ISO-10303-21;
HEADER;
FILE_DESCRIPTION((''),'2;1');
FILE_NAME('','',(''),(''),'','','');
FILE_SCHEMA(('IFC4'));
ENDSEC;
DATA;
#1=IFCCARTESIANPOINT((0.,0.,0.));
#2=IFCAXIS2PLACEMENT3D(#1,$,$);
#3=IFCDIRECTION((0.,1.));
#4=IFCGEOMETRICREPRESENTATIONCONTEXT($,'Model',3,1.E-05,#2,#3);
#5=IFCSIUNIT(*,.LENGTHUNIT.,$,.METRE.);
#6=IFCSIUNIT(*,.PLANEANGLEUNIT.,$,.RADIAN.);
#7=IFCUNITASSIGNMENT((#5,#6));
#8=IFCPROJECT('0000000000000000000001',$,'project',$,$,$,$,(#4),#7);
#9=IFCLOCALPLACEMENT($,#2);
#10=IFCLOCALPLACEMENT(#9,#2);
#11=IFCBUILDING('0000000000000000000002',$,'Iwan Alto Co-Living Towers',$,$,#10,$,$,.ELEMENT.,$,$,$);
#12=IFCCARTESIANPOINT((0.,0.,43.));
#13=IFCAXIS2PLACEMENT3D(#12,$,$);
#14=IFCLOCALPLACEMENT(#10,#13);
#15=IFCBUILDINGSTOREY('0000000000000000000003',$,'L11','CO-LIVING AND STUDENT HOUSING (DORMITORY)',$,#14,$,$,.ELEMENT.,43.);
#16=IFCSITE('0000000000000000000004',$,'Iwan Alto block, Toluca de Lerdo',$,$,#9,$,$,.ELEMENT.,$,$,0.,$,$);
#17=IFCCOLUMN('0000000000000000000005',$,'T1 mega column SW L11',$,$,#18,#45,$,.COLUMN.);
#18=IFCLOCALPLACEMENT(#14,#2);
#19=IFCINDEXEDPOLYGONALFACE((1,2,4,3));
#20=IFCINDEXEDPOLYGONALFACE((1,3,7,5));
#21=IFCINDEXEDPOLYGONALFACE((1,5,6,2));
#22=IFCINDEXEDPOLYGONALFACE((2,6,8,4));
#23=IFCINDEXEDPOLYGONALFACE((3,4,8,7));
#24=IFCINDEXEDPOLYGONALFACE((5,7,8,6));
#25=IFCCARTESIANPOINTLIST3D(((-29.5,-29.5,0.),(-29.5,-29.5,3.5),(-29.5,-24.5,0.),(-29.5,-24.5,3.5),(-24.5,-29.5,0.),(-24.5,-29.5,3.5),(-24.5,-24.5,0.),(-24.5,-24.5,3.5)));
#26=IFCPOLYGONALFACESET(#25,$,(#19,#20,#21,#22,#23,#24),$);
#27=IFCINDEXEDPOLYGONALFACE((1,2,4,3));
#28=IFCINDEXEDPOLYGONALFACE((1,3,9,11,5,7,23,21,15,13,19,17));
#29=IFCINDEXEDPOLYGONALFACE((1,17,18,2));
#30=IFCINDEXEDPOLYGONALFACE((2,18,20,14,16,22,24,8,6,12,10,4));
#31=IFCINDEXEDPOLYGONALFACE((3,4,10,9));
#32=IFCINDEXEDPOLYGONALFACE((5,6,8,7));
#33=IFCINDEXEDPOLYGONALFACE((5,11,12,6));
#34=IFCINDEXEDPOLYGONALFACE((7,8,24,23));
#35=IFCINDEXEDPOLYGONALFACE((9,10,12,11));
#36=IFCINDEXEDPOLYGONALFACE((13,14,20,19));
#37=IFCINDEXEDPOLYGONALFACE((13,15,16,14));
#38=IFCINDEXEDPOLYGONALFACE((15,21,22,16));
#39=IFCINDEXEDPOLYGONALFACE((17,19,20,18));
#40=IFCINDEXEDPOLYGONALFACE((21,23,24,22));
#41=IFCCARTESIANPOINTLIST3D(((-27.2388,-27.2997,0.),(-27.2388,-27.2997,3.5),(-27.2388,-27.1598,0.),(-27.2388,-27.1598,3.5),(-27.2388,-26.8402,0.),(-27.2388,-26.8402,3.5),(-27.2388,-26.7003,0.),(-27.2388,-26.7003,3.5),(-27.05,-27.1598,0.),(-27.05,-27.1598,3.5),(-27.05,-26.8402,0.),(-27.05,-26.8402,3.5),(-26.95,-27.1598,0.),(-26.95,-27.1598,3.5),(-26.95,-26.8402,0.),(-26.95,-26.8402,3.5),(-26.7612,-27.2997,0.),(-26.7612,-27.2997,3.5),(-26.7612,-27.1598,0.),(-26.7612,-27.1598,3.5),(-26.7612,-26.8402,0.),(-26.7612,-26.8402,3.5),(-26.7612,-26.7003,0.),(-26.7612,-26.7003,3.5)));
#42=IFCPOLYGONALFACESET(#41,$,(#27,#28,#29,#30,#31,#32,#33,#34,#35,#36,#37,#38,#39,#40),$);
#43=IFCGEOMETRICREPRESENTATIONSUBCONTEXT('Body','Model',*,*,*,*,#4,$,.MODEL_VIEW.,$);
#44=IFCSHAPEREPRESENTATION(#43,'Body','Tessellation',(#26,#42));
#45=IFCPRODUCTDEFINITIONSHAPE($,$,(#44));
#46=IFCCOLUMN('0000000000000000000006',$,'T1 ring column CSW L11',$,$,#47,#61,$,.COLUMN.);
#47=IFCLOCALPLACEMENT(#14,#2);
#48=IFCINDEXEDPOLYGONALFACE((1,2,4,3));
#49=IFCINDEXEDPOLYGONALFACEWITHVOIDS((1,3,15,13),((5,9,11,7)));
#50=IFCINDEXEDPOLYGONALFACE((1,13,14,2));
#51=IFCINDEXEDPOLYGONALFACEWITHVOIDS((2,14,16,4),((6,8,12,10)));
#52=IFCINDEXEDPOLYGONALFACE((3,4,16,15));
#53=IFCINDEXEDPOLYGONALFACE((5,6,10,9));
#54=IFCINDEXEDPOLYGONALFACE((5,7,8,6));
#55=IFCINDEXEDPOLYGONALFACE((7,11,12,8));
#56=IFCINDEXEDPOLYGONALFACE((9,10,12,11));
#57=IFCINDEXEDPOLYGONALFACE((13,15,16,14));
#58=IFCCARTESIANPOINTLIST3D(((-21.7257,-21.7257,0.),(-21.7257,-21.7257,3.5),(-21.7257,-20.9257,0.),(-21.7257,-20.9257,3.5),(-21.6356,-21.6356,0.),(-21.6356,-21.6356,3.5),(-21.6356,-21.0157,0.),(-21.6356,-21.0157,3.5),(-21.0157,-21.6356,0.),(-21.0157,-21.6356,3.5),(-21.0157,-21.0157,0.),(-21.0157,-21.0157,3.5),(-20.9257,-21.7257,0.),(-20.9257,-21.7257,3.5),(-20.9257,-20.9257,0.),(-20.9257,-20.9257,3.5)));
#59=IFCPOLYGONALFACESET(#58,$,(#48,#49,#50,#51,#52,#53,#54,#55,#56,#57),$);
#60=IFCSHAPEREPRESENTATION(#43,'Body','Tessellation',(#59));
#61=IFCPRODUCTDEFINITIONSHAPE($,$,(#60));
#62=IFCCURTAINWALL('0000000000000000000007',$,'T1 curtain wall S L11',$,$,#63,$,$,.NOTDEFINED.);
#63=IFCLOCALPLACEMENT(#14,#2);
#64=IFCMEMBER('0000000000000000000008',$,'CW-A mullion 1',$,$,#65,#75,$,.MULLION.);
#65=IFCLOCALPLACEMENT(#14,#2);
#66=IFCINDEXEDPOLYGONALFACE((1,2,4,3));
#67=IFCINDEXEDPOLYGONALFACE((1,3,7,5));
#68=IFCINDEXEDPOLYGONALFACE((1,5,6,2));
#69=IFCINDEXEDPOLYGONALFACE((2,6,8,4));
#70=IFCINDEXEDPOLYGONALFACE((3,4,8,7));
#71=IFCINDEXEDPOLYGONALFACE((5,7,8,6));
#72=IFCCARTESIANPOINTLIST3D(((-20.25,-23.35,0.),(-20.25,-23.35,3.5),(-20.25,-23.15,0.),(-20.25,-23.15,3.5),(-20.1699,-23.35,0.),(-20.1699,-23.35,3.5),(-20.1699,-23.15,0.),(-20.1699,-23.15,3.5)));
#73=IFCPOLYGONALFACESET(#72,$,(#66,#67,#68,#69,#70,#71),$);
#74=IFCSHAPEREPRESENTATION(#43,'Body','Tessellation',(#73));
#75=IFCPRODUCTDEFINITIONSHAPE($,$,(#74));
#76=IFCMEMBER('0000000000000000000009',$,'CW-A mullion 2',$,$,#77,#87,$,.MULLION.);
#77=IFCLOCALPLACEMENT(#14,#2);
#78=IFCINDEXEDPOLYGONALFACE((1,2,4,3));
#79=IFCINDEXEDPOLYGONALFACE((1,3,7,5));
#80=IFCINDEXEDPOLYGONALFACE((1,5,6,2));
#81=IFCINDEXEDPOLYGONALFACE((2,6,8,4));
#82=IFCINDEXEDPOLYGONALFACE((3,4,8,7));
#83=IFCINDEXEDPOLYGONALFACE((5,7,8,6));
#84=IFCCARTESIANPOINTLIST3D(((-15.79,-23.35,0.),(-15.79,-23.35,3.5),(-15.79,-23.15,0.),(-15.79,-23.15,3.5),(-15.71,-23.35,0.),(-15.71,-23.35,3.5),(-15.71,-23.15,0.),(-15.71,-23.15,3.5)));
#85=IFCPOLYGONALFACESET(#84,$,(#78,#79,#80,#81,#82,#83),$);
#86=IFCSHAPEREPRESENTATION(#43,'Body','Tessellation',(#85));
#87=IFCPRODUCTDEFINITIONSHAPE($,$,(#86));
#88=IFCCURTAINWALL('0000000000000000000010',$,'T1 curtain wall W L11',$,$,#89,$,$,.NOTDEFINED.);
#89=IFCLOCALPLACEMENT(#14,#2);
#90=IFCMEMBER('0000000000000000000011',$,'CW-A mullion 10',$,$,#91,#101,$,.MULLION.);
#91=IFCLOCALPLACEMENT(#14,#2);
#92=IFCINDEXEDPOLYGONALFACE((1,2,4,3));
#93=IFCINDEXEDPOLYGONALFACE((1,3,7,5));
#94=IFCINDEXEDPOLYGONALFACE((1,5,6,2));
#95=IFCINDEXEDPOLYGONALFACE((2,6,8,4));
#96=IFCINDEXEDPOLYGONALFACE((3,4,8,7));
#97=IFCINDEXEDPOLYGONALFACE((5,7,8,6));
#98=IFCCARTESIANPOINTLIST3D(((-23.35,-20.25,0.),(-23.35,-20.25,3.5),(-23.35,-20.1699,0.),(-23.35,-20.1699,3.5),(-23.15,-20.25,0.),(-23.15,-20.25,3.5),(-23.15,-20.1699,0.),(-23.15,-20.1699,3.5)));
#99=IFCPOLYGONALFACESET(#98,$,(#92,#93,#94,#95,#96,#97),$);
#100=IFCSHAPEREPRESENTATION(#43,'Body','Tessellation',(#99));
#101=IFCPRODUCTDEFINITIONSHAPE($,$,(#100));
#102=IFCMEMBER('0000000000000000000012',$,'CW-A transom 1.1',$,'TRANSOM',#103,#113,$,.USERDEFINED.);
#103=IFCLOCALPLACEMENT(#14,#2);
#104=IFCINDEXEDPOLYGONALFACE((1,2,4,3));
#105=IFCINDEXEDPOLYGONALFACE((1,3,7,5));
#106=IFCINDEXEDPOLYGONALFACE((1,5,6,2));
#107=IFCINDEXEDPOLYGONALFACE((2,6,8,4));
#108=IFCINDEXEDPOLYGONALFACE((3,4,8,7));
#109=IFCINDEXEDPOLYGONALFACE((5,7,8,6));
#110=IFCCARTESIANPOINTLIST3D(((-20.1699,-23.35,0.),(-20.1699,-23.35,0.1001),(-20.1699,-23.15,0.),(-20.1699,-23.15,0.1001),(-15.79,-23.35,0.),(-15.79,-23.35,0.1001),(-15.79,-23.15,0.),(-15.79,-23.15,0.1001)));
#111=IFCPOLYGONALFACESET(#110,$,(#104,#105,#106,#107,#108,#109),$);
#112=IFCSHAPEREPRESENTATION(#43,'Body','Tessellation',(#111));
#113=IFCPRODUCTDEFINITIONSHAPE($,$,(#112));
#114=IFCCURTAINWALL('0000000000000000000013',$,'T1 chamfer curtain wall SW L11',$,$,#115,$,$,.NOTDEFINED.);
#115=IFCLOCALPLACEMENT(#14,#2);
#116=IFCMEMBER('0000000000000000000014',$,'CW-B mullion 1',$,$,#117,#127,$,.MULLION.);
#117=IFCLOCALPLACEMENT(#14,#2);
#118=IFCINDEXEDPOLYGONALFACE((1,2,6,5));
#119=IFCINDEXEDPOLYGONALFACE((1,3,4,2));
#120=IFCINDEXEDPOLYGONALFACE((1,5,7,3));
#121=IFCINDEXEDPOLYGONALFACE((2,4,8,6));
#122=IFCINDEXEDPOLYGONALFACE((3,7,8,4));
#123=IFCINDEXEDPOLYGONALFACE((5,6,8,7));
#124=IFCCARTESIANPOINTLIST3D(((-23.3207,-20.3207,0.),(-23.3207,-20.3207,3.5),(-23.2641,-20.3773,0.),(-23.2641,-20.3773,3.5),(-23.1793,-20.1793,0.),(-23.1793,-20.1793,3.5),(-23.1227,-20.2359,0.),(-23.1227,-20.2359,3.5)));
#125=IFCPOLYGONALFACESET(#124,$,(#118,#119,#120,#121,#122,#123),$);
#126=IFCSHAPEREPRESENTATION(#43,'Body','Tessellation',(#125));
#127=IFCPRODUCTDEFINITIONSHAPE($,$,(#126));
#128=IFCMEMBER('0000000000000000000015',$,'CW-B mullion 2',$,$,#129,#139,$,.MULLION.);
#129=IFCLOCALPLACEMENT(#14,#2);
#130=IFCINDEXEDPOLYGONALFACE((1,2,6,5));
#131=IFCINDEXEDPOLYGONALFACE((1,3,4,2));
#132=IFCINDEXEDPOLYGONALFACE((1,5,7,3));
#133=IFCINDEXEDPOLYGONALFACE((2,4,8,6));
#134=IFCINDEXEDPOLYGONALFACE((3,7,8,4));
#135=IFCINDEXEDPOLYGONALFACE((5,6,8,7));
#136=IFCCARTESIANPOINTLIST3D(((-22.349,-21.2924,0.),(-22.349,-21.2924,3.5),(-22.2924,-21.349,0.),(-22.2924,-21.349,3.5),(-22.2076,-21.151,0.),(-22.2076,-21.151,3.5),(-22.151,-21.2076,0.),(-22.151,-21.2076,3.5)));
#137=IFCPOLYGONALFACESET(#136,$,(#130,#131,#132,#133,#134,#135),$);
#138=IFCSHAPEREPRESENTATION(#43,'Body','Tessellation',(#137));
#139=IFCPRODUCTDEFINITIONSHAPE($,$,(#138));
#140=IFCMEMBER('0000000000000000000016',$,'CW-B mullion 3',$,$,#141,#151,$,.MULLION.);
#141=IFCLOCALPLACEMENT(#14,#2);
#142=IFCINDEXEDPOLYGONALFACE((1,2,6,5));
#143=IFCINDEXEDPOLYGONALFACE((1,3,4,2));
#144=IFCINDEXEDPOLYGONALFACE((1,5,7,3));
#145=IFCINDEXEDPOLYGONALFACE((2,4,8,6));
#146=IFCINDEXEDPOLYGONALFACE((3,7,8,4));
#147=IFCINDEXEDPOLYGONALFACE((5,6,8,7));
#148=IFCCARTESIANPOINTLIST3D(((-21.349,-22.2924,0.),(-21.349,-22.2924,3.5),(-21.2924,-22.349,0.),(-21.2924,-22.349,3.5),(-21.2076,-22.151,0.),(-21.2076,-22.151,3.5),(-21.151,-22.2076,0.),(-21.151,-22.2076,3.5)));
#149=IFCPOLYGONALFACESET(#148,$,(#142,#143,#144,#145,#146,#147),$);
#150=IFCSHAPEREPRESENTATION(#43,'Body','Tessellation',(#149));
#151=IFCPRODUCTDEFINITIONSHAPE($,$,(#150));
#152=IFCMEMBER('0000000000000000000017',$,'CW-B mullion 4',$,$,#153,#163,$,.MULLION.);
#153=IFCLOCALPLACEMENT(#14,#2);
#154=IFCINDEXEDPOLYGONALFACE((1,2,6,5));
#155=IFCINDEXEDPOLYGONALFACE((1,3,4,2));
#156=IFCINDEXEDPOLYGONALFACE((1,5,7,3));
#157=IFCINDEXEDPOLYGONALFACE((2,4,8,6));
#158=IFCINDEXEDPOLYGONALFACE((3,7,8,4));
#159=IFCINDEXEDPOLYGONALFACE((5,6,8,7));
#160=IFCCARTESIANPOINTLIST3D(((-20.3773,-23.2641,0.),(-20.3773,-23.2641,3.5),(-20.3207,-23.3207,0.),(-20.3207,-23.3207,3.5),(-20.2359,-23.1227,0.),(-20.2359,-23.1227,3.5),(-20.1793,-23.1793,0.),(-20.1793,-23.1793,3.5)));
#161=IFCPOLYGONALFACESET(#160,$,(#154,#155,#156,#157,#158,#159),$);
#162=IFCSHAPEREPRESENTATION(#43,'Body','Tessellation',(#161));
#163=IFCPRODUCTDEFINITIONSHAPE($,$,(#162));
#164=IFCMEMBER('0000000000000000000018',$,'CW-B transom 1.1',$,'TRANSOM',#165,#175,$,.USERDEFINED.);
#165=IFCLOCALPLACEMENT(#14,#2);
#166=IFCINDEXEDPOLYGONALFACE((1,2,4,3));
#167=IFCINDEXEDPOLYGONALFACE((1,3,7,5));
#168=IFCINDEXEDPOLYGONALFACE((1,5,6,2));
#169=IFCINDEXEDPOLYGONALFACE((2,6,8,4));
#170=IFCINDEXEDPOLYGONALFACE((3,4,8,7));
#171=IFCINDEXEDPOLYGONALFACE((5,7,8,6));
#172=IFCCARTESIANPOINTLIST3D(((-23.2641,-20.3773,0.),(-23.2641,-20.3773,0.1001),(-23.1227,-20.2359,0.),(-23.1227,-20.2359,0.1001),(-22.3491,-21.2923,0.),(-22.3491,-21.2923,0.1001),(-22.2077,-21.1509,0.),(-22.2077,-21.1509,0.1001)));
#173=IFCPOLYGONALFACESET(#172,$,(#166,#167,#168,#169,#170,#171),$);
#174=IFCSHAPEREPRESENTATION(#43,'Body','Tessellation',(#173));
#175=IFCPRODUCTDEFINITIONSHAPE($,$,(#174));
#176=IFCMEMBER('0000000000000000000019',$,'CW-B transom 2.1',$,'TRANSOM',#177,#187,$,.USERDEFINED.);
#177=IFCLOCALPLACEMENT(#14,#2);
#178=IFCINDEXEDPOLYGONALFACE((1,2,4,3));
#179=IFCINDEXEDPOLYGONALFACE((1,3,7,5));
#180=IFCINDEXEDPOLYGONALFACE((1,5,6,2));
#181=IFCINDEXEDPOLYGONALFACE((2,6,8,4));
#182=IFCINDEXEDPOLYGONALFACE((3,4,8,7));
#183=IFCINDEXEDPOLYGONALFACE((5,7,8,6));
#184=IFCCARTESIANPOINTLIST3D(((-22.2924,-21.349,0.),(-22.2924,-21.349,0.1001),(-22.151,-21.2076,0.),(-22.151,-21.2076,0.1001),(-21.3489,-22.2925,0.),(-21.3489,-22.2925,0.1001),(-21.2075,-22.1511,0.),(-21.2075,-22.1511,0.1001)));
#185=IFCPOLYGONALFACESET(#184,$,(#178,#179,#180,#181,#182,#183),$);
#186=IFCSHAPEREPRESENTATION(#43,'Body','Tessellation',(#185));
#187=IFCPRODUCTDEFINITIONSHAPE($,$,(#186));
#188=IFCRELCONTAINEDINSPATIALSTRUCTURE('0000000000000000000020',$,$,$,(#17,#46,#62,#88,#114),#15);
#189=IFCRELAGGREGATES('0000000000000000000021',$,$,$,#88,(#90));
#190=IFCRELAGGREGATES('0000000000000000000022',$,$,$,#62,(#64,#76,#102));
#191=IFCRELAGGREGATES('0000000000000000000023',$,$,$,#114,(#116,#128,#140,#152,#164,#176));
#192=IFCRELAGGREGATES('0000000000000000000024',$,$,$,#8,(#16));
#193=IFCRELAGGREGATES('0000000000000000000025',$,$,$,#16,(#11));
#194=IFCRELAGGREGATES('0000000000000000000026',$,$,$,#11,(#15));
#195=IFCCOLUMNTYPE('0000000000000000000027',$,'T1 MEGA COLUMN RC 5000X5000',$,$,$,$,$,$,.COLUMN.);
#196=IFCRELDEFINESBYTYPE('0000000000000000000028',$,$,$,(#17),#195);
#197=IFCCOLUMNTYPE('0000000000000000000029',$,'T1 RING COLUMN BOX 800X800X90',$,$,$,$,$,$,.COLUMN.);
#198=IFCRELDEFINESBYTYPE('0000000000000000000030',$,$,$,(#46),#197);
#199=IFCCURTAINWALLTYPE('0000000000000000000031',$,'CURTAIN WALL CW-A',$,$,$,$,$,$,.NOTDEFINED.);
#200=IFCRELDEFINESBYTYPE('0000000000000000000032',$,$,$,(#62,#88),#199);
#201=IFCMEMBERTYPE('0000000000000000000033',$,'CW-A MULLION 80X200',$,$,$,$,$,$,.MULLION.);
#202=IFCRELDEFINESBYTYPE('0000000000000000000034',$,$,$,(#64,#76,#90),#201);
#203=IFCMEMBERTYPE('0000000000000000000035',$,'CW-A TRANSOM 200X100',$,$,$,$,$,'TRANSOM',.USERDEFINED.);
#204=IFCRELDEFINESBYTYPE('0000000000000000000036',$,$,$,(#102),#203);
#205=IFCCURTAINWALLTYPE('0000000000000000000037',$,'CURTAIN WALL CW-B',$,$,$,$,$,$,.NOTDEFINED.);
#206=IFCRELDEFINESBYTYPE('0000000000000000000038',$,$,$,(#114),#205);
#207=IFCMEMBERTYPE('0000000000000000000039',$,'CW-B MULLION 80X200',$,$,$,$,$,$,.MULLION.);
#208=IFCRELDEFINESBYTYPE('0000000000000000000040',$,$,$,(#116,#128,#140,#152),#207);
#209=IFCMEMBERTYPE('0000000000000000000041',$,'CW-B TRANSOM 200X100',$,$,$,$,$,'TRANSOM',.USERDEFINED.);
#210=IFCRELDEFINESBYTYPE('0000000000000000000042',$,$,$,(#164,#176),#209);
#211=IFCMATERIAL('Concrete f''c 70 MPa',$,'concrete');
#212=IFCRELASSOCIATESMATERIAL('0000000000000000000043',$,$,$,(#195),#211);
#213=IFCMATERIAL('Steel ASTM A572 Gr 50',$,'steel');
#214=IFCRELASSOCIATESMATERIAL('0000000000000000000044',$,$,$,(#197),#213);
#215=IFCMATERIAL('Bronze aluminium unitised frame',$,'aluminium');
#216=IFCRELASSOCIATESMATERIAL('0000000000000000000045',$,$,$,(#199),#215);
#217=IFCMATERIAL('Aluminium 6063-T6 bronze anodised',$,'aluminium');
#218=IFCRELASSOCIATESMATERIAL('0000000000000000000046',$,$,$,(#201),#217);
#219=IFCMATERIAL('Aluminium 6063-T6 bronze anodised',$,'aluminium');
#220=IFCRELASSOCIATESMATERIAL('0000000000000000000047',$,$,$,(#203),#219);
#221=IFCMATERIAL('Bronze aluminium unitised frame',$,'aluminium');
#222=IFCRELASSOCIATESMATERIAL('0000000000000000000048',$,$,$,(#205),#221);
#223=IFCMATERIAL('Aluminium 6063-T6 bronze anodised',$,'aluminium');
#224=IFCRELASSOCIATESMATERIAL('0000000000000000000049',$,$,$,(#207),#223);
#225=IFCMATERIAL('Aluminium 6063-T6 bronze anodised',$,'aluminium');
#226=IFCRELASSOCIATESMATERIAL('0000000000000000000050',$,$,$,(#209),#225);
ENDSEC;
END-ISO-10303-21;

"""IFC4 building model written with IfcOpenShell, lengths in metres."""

from ifc_helpers import new_model, si_unit, direction, frame, origin, origin_2d, place, context, subcontext, project, spatial, rectangle, hollow_rectangle, i_section, extrude, material, material_profile, profile_set, type_object, element, aggregate, save


model = new_model("IFC4")

# Units and contexts
model_context = context("Model", 3, precision=1e-05, world=origin(), true_north=direction((0.0, 1.0)))
body_context = subcontext(model_context, "Body", "Model", "MODEL_VIEW")
ifc_project = project(units=[si_unit("LENGTHUNIT", "METRE"), si_unit("PLANEANGLEUNIT", "RADIAN")], contexts=[model_context])

# Site, building, storey
site_placement = place(None, origin())
site = spatial("IfcSite", under=ifc_project, at=site_placement, Name="Iwan Alto block, Toluca de Lerdo", CompositionType="ELEMENT", RefElevation=0.0)
building_placement = place(site_placement, origin())
building = spatial("IfcBuilding", under=site, at=building_placement, Name="Iwan Alto Co-Living Towers", CompositionType="ELEMENT")
storey_placement = place(building_placement, frame((0.0, 0.0, 43.0)))
storey = spatial("IfcBuildingStorey", under=building, at=storey_placement, Name="L11", Description="CO-LIVING AND STUDENT HOUSING (DORMITORY)", CompositionType="ELEMENT", Elevation=43.0)

# Columns
ifc_material_1 = material(Name="Concrete f'c 70 MPa", Category="concrete")
ifc_material_profile_1 = material_profile(ifc_material_1, rectangle(XDim=5.0, YDim=5.0, at=origin_2d()), Name="RC 5000X5000")
ifc_profile_set_1 = profile_set([ifc_material_profile_1], Name="Concrete f'c 70 MPa")
column_type_1 = type_object("IfcColumnType", Name="T1 MEGA COLUMN RC 5000X5000", PredefinedType="COLUMN", material=ifc_profile_set_1)
column_1_placement = place(storey_placement, frame((-27.0, -27.0, 0.0), z_axis=(0.0, 0.0, 1.0), x_axis=(1.0, 0.0, 0.0)))
element("IfcColumn", 1, at=column_1_placement, inside=storey, type_object=column_type_1, Name="T1 mega column SW L11", PredefinedType="COLUMN", context=body_context, shape_type="SweptSolid", body=[
    extrude(rectangle(XDim=5.0, YDim=5.0, at=origin_2d()), origin(), (0.0, 0.0, 1.0), 3.5),
    extrude(i_section(OverallWidth=0.4775, OverallDepth=0.5994, WebThickness=0.1001, FlangeThickness=0.1399, at=origin_2d()), origin(), (0.0, 0.0, 1.0), 3.5),
])
ifc_material_2 = material(Name="Steel ASTM A572 Gr 50", Category="steel")
ifc_material_profile_2 = material_profile(ifc_material_2, hollow_rectangle(XDim=0.8, YDim=0.8, WallThickness=0.0901, at=origin_2d()), Name="BOX 800X800X90")
ifc_profile_set_2 = profile_set([ifc_material_profile_2], Name="Steel ASTM A572 Gr 50")
column_type_2 = type_object("IfcColumnType", Name="T1 RING COLUMN BOX 800X800X90", PredefinedType="COLUMN", material=ifc_profile_set_2)
column_2_placement = place(storey_placement, frame((-21.3257, -21.3257, 0.0), z_axis=(0.0, 0.0, 1.0), x_axis=(1.0, 0.0, 0.0)))
element("IfcColumn", 2, at=column_2_placement, inside=storey, type_object=column_type_2, Name="T1 ring column CSW L11", PredefinedType="COLUMN", context=body_context, shape_type="SweptSolid", body=[
    extrude(hollow_rectangle(XDim=0.8, YDim=0.8, WallThickness=0.0901, at=origin_2d()), origin(), (0.0, 0.0, 1.0), 3.5),
])

# Curtain wall, members
ifc_material_3 = material(Name="Bronze aluminium unitised frame", Category="aluminium")
curtain_wall_type_1 = type_object("IfcCurtainWallType", Name="CURTAIN WALL CW-A", PredefinedType="NOTDEFINED", material=ifc_material_3)
curtain_wall_1_placement = place(storey_placement, origin())
curtain_wall_1 = element("IfcCurtainWall", 3, at=curtain_wall_1_placement, inside=storey, type_object=curtain_wall_type_1, Name="T1 curtain wall S L11", PredefinedType="NOTDEFINED")
ifc_material_4 = material(Name="Aluminium 6063-T6 bronze anodised", Category="aluminium")
ifc_material_profile_3 = material_profile(ifc_material_4, rectangle(XDim=0.2, YDim=0.0801, at=origin_2d()), Name="AL 80X200")
ifc_profile_set_3 = profile_set([ifc_material_profile_3], Name="Aluminium 6063-T6 bronze anodised")
member_type_1 = type_object("IfcMemberType", Name="CW-A MULLION 80X200", PredefinedType="MULLION", material=ifc_profile_set_3)
member_1_placement = place(storey_placement, frame((-20.21, -23.25, 0.0), z_axis=(0.0, 0.0, 1.0), x_axis=(0.0, 1.0, 0.0)))
member_1 = element("IfcMember", 4, at=member_1_placement, type_object=member_type_1, Name="CW-A mullion 1", PredefinedType="MULLION", context=body_context, shape_type="SweptSolid", body=[
    extrude(rectangle(XDim=0.2, YDim=0.0801, at=origin_2d()), origin(), (0.0, 0.0, 1.0), 3.5),
])
member_2_placement = place(storey_placement, frame((-15.75, -23.25, 0.0), z_axis=(0.0, 0.0, 1.0), x_axis=(0.0, 1.0, 0.0)))
member_2 = element("IfcMember", 5, at=member_2_placement, type_object=member_type_1, Name="CW-A mullion 2", PredefinedType="MULLION", context=body_context, shape_type="SweptSolid", body=[
    extrude(rectangle(XDim=0.2, YDim=0.0801, at=origin_2d()), origin(), (0.0, 0.0, 1.0), 3.5),
])

# Curtain wall, member
curtain_wall_2_placement = place(storey_placement, origin())
curtain_wall_2 = element("IfcCurtainWall", 6, at=curtain_wall_2_placement, inside=storey, type_object=curtain_wall_type_1, Name="T1 curtain wall W L11", PredefinedType="NOTDEFINED")
member_3_placement = place(storey_placement, frame((-23.25, -20.21, 0.0), z_axis=(0.0, 0.0, 1.0), x_axis=(1.0, 0.0, 0.0)))
member_3 = element("IfcMember", 7, at=member_3_placement, type_object=member_type_1, Name="CW-A mullion 10", PredefinedType="MULLION", context=body_context, shape_type="SweptSolid", body=[
    extrude(rectangle(XDim=0.2, YDim=0.0801, at=origin_2d()), origin(), (0.0, 0.0, 1.0), 3.5),
])
aggregate(curtain_wall_2, [member_3])

# Member
ifc_material_5 = material(Name="Aluminium 6063-T6 bronze anodised", Category="aluminium")
ifc_material_profile_4 = material_profile(ifc_material_5, rectangle(XDim=0.2, YDim=0.1001, at=origin_2d()), Name="AL 200X100")
ifc_profile_set_4 = profile_set([ifc_material_profile_4], Name="Aluminium 6063-T6 bronze anodised")
member_type_2 = type_object("IfcMemberType", Name="CW-A TRANSOM 200X100", ElementType="TRANSOM", PredefinedType="USERDEFINED", material=ifc_profile_set_4)
member_4_placement = place(storey_placement, frame((-20.1699, -23.25, 0.05), z_axis=(1.0, 0.0, 0.0), x_axis=(0.0, 1.0, 0.0)))
member_4 = element("IfcMember", 8, at=member_4_placement, type_object=member_type_2, Name="CW-A transom 1.1", ObjectType="TRANSOM", PredefinedType="USERDEFINED", context=body_context, shape_type="SweptSolid", body=[
    extrude(rectangle(XDim=0.2, YDim=0.1001, at=origin_2d()), origin(), (0.0, 0.0, 1.0), 4.3799),
])

# Curtain wall, members
ifc_material_6 = material(Name="Bronze aluminium unitised frame", Category="aluminium")
curtain_wall_type_2 = type_object("IfcCurtainWallType", Name="CURTAIN WALL CW-B", PredefinedType="NOTDEFINED", material=ifc_material_6)
curtain_wall_3_placement = place(storey_placement, origin())
curtain_wall_3 = element("IfcCurtainWall", 9, at=curtain_wall_3_placement, inside=storey, type_object=curtain_wall_type_2, Name="T1 chamfer curtain wall SW L11", PredefinedType="NOTDEFINED")
ifc_material_7 = material(Name="Aluminium 6063-T6 bronze anodised", Category="aluminium")
ifc_material_profile_5 = material_profile(ifc_material_7, rectangle(XDim=0.2, YDim=0.0801, at=origin_2d()), Name="AL 80X200")
ifc_profile_set_5 = profile_set([ifc_material_profile_5], Name="Aluminium 6063-T6 bronze anodised")
member_type_3 = type_object("IfcMemberType", Name="CW-B MULLION 80X200", PredefinedType="MULLION", material=ifc_profile_set_5)
member_5_placement = place(storey_placement, frame((-23.2217, -20.2783, 0.0), z_axis=(0.0, 0.0, 1.0), x_axis=(0.707107, 0.707107, 0.0)))
member_5 = element("IfcMember", 10, at=member_5_placement, type_object=member_type_3, Name="CW-B mullion 1", PredefinedType="MULLION", context=body_context, shape_type="SweptSolid", body=[
    extrude(rectangle(XDim=0.2, YDim=0.0801, at=origin_2d()), origin(), (0.0, 0.0, 1.0), 3.5),
])
member_6_placement = place(storey_placement, frame((-22.25, -21.25, 0.0), z_axis=(0.0, 0.0, 1.0), x_axis=(0.707107, 0.707107, 0.0)))
member_6 = element("IfcMember", 11, at=member_6_placement, type_object=member_type_3, Name="CW-B mullion 2", PredefinedType="MULLION", context=body_context, shape_type="SweptSolid", body=[
    extrude(rectangle(XDim=0.2, YDim=0.0801, at=origin_2d()), origin(), (0.0, 0.0, 1.0), 3.5),
])
member_7_placement = place(storey_placement, frame((-21.25, -22.25, 0.0), z_axis=(0.0, 0.0, 1.0), x_axis=(0.707107, 0.707107, 0.0)))
member_7 = element("IfcMember", 12, at=member_7_placement, type_object=member_type_3, Name="CW-B mullion 3", PredefinedType="MULLION", context=body_context, shape_type="SweptSolid", body=[
    extrude(rectangle(XDim=0.2, YDim=0.0801, at=origin_2d()), origin(), (0.0, 0.0, 1.0), 3.5),
])
member_8_placement = place(storey_placement, frame((-20.2783, -23.2217, 0.0), z_axis=(0.0, 0.0, 1.0), x_axis=(0.707107, 0.707107, 0.0)))
member_8 = element("IfcMember", 13, at=member_8_placement, type_object=member_type_3, Name="CW-B mullion 4", PredefinedType="MULLION", context=body_context, shape_type="SweptSolid", body=[
    extrude(rectangle(XDim=0.2, YDim=0.0801, at=origin_2d()), origin(), (0.0, 0.0, 1.0), 3.5),
])
ifc_material_8 = material(Name="Aluminium 6063-T6 bronze anodised", Category="aluminium")
ifc_material_profile_6 = material_profile(ifc_material_8, rectangle(XDim=0.2, YDim=0.1001, at=origin_2d()), Name="AL 200X100")
ifc_profile_set_6 = profile_set([ifc_material_profile_6], Name="Aluminium 6063-T6 bronze anodised")
member_type_4 = type_object("IfcMemberType", Name="CW-B TRANSOM 200X100", ElementType="TRANSOM", PredefinedType="USERDEFINED", material=ifc_profile_set_6)
member_9_placement = place(storey_placement, frame((-23.1934, -20.3066, 0.05), z_axis=(0.707107, -0.707107, 0.0), x_axis=(0.707107, 0.707107, 0.0)))
member_9 = element("IfcMember", 14, at=member_9_placement, type_object=member_type_4, Name="CW-B transom 1.1", ObjectType="TRANSOM", PredefinedType="USERDEFINED", context=body_context, shape_type="SweptSolid", body=[
    extrude(rectangle(XDim=0.2, YDim=0.1001, at=origin_2d()), origin(), (0.0, 0.0, 1.0), 1.2939),
])
member_10_placement = place(storey_placement, frame((-22.2217, -21.2783, 0.05), z_axis=(0.707107, -0.707107, 0.0), x_axis=(0.707107, 0.707107, 0.0)))
member_10 = element("IfcMember", 15, at=member_10_placement, type_object=member_type_4, Name="CW-B transom 2.1", ObjectType="TRANSOM", PredefinedType="USERDEFINED", context=body_context, shape_type="SweptSolid", body=[
    extrude(rectangle(XDim=0.2, YDim=0.1001, at=origin_2d()), origin(), (0.0, 0.0, 1.0), 1.3342),
])

aggregate(curtain_wall_1, [member_1, member_2, member_4])
aggregate(curtain_wall_3, [member_5, member_6, member_7, member_8, member_9, member_10])

save(model, "model.ifc")
